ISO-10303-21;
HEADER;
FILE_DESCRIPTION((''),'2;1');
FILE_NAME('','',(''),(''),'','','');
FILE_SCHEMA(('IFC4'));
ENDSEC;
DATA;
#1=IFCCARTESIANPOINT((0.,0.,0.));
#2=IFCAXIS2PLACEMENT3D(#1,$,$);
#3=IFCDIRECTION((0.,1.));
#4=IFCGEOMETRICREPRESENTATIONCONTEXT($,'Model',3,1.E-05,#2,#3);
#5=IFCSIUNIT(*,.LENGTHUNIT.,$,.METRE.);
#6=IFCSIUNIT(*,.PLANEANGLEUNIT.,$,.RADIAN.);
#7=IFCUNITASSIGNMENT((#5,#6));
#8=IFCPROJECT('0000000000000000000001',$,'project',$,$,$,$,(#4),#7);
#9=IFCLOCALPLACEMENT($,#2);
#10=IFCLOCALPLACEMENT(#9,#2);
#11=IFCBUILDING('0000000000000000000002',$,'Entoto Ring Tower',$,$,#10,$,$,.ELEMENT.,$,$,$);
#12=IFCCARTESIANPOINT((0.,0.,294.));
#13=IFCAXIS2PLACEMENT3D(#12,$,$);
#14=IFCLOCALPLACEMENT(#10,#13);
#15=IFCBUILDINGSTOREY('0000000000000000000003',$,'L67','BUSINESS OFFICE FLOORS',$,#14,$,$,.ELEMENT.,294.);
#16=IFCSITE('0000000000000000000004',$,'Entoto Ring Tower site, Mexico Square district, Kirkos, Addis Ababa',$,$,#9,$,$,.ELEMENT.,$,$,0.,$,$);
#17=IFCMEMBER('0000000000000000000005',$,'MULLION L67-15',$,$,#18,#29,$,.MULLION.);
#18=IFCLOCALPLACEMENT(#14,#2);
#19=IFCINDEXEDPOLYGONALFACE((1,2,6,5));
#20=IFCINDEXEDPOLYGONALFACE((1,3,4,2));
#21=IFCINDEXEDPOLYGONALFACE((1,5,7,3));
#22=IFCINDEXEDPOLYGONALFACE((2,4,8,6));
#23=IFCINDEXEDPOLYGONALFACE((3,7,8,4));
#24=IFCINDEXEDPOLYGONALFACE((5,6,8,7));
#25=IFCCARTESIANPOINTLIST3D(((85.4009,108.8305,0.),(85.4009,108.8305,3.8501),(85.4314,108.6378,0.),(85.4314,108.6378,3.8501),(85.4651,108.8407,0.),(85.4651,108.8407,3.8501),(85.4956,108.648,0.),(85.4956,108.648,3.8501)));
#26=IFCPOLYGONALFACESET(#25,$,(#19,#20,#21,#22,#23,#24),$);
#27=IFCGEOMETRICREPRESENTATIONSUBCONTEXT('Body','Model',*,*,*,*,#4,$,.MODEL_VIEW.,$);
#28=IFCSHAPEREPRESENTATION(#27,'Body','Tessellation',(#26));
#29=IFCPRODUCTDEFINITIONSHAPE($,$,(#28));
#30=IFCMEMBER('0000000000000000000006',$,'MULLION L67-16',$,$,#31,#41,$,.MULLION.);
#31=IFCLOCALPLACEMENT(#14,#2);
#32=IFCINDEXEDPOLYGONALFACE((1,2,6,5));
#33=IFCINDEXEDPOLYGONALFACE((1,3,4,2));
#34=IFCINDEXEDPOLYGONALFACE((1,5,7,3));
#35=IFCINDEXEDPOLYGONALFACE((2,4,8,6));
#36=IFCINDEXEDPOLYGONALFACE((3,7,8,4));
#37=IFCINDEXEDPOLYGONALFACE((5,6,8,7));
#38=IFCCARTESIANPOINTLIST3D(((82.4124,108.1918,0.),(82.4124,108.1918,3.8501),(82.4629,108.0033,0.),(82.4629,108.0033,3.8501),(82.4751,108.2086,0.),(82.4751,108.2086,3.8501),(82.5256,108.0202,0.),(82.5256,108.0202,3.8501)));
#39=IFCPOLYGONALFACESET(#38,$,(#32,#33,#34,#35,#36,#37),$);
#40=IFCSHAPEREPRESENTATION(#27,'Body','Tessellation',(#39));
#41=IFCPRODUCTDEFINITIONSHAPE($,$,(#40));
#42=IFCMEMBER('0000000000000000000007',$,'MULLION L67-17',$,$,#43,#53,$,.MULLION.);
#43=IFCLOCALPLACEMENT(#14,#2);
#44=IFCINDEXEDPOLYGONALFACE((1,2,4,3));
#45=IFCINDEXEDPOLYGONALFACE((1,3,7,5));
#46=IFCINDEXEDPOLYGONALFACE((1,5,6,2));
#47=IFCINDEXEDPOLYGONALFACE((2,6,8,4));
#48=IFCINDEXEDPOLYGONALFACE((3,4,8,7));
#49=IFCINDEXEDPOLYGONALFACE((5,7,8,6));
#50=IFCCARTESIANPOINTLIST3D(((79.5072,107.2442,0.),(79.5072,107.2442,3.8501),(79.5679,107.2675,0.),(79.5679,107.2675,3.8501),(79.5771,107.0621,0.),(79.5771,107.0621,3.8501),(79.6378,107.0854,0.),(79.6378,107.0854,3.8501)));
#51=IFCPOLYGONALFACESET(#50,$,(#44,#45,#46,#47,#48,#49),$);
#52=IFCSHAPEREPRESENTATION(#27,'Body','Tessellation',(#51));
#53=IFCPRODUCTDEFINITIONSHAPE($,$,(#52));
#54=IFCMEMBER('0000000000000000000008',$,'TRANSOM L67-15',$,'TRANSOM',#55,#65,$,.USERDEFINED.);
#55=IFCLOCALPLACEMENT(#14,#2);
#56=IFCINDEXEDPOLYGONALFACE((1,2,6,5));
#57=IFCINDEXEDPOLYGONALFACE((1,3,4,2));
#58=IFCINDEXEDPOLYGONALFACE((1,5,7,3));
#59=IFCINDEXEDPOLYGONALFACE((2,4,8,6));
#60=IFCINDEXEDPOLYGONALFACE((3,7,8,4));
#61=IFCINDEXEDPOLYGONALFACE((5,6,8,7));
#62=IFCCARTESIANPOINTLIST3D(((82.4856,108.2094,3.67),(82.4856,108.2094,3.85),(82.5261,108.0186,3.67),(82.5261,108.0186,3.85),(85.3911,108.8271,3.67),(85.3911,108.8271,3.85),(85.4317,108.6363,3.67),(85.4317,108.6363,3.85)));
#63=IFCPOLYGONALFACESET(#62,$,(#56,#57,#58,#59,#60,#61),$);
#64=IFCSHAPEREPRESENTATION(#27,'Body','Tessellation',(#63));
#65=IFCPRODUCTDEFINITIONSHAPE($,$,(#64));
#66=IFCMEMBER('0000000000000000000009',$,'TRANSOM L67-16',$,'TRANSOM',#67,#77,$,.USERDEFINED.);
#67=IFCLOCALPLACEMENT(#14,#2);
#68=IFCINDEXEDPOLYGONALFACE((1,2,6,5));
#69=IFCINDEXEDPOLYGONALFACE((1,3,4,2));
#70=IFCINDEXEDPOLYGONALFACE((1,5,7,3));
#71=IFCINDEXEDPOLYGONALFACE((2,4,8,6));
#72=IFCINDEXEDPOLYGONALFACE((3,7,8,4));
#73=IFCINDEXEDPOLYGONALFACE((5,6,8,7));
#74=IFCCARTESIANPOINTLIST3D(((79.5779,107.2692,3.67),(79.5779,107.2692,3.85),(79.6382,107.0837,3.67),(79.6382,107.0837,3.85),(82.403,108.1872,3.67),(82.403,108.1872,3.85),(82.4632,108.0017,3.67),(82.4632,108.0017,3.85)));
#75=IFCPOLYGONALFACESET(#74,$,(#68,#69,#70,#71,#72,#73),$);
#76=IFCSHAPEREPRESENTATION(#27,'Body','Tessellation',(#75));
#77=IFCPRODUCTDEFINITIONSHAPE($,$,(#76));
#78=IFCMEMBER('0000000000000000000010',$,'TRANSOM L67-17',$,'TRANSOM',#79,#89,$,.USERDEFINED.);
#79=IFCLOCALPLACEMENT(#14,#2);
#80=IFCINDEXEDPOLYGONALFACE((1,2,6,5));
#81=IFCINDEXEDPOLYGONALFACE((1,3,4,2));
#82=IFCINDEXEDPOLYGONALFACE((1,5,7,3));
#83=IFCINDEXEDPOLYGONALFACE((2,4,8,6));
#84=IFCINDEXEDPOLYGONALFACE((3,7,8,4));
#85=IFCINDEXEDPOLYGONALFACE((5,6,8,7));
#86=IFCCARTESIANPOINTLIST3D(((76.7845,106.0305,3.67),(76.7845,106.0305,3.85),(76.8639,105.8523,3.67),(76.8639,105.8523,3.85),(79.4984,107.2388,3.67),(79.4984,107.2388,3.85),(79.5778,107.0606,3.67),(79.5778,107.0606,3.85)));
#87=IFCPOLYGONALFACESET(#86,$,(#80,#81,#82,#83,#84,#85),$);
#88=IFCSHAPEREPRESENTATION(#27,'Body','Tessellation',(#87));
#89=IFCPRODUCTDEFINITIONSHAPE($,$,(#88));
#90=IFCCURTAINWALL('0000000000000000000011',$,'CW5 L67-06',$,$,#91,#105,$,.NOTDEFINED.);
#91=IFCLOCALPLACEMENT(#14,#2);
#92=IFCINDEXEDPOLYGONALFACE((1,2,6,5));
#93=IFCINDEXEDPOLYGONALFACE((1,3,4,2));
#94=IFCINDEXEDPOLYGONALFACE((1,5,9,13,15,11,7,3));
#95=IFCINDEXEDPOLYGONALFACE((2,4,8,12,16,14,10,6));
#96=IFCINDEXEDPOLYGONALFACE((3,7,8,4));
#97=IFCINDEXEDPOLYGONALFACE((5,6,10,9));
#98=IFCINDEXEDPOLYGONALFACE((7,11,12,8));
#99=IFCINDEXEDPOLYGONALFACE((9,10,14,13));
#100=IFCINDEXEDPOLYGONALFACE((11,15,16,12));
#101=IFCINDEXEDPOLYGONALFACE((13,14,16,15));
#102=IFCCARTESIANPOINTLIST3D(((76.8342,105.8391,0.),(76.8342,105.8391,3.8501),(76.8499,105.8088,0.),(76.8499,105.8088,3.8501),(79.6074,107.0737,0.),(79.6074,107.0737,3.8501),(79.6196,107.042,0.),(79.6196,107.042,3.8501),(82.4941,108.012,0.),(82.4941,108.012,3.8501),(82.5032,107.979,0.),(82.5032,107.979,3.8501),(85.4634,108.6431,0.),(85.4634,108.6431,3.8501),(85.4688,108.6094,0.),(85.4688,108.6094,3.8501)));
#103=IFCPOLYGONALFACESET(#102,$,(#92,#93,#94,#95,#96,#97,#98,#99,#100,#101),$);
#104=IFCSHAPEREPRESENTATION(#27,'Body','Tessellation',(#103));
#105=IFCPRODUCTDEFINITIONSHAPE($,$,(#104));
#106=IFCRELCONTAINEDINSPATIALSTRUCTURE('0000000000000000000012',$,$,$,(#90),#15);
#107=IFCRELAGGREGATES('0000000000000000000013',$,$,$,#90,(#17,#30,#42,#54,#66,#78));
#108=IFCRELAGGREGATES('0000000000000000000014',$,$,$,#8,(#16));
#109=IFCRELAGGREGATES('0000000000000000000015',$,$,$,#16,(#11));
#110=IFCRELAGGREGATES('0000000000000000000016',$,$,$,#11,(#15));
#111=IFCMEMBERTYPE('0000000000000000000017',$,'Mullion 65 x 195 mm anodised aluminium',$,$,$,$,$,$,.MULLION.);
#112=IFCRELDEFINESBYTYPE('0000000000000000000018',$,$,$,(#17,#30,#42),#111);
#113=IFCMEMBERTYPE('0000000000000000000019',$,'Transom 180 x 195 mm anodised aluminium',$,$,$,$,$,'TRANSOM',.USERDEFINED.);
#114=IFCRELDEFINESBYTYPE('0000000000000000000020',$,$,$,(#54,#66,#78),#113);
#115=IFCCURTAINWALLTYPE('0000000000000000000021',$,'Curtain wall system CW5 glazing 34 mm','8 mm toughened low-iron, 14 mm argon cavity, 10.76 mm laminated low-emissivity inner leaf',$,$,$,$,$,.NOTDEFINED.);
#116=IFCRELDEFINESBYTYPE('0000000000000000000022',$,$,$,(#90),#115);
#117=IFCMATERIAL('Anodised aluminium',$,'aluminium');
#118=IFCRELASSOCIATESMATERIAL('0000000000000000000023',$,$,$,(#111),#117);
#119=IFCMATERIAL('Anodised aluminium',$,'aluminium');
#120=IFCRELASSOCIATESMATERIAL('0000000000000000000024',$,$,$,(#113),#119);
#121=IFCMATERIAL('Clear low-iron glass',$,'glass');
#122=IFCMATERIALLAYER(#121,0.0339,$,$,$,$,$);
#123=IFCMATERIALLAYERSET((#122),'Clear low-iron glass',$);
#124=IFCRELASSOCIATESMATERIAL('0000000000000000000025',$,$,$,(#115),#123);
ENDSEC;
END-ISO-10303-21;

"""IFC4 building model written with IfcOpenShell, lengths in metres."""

from ifc_helpers import new_model, si_unit, direction, frame, origin, origin_2d, place, context, subcontext, project, spatial, polyline, rectangle, outline, extrude, material, layer, layer_set, material_profile, profile_set, type_object, element, aggregate, save


model = new_model("IFC4")

# Units and contexts
model_context = context("Model", 3, precision=1e-05, world=origin(), true_north=direction((0.0, 1.0)))
body_context = subcontext(model_context, "Body", "Model", "MODEL_VIEW")
ifc_project = project(units=[si_unit("LENGTHUNIT", "METRE"), si_unit("PLANEANGLEUNIT", "RADIAN")], contexts=[model_context])

# Members
ifc_material_1 = material(Name="Anodised aluminium", Category="aluminium")
ifc_material_profile_1 = material_profile(ifc_material_1, rectangle(XDim=0.0649, YDim=0.1951, at=origin_2d()), Name="Mullion 65 x 195 mm anodised aluminium")
ifc_profile_set_1 = profile_set([ifc_material_profile_1], Name="Anodised aluminium")
member_type_1 = type_object("IfcMemberType", Name="Mullion 65 x 195 mm anodised aluminium", PredefinedType="MULLION", material=ifc_profile_set_1)
site_placement = place(None, origin())
building_placement = place(site_placement, origin())
storey_placement = place(building_placement, frame((0.0, 0.0, 294.0)))
member_1_placement = place(storey_placement, frame((85.4482, 108.7393, 0.0), z_axis=(0.0, 0.0, 1.0), x_axis=(-0.987688, -0.156434, 0.0)))
member_1 = element("IfcMember", 1, at=member_1_placement, type_object=member_type_1, Name="MULLION L67-15", PredefinedType="MULLION", context=body_context, shape_type="SweptSolid", body=[
    extrude(rectangle(XDim=0.0649, YDim=0.1951, at=origin_2d()), origin(), (0.0, 0.0, 1.0), 3.8501),
])
member_2_placement = place(storey_placement, frame((82.469, 108.106, 0.0), z_axis=(0.0, 0.0, 1.0), x_axis=(-0.965926, -0.258819, 0.0)))
member_2 = element("IfcMember", 2, at=member_2_placement, type_object=member_type_1, Name="MULLION L67-16", PredefinedType="MULLION", context=body_context, shape_type="SweptSolid", body=[
    extrude(rectangle(XDim=0.0649, YDim=0.1951, at=origin_2d()), origin(), (0.0, 0.0, 1.0), 3.8501),
])
member_3_placement = place(storey_placement, frame((79.5725, 107.1648, 0.0), z_axis=(0.0, 0.0, 1.0), x_axis=(-0.93358, -0.358368, 0.0)))
member_3 = element("IfcMember", 3, at=member_3_placement, type_object=member_type_1, Name="MULLION L67-17", PredefinedType="MULLION", context=body_context, shape_type="SweptSolid", body=[
    extrude(rectangle(XDim=0.0649, YDim=0.1951, at=origin_2d()), origin(), (0.0, 0.0, 1.0), 3.8501),
])
ifc_material_2 = material(Name="Anodised aluminium", Category="aluminium")
ifc_material_profile_2 = material_profile(ifc_material_2, rectangle(XDim=0.1951, YDim=0.1799, at=origin_2d()), Name="Transom 180 x 195 mm anodised aluminium")
ifc_profile_set_2 = profile_set([ifc_material_profile_2], Name="Anodised aluminium")
member_type_2 = type_object("IfcMemberType", Name="Transom 180 x 195 mm anodised aluminium", ElementType="TRANSOM", PredefinedType="USERDEFINED", material=ifc_profile_set_2)
member_4_placement = place(storey_placement, frame((85.4114, 108.7317, 3.76), z_axis=(-0.978142, -0.20794, 0.0), x_axis=(0.20794, -0.978142, 0.0)))
member_4 = element("IfcMember", 4, at=member_4_placement, type_object=member_type_2, Name="TRANSOM L67-15", ObjectType="TRANSOM", PredefinedType="USERDEFINED", context=body_context, shape_type="SweptSolid", body=[
    extrude(rectangle(XDim=0.1951, YDim=0.1799, at=origin_2d()), origin(), (0.0, 0.0, 1.0), 2.9705),
])
member_5_placement = place(storey_placement, frame((82.4331, 108.0945, 3.76), z_axis=(-0.951048, -0.309043, 0.0), x_axis=(0.309043, -0.951048, 0.0)))
member_5 = element("IfcMember", 5, at=member_5_placement, type_object=member_type_2, Name="TRANSOM L67-16", ObjectType="TRANSOM", PredefinedType="USERDEFINED", context=body_context, shape_type="SweptSolid", body=[
    extrude(rectangle(XDim=0.1951, YDim=0.1799, at=origin_2d()), origin(), (0.0, 0.0, 1.0), 2.9705),
])
member_6_placement = place(storey_placement, frame((79.5381, 107.1497, 3.76), z_axis=(-0.91355, -0.406726, 0.0), x_axis=(0.406726, -0.91355, 0.0)))
member_6 = element("IfcMember", 6, at=member_6_placement, type_object=member_type_2, Name="TRANSOM L67-17", ObjectType="TRANSOM", PredefinedType="USERDEFINED", context=body_context, shape_type="SweptSolid", body=[
    extrude(rectangle(XDim=0.1951, YDim=0.1799, at=origin_2d()), origin(), (0.0, 0.0, 1.0), 2.9707),
])

# Site, building, storey
site = spatial("IfcSite", under=ifc_project, at=site_placement, Name="Entoto Ring Tower site, Mexico Square district, Kirkos, Addis Ababa", CompositionType="ELEMENT", RefElevation=0.0)
building = spatial("IfcBuilding", under=site, at=building_placement, Name="Entoto Ring Tower", CompositionType="ELEMENT")
storey = spatial("IfcBuildingStorey", under=building, at=storey_placement, Name="L67", Description="BUSINESS OFFICE FLOORS", CompositionType="ELEMENT", Elevation=294.0)

# Curtain wall
ifc_material_3 = material(Name="Clear low-iron glass", Category="glass")
ifc_layer = layer(ifc_material_3, 0.0339)
ifc_layer_set = layer_set([ifc_layer], Name="Clear low-iron glass")
curtain_wall_type = type_object("IfcCurtainWallType", Name="Curtain wall system CW5 glazing 34 mm", Description="8 mm toughened low-iron, 14 mm argon cavity, 10.76 mm laminated low-emissivity inner leaf", PredefinedType="NOTDEFINED", material=ifc_layer_set)
curtain_wall_1_placement = place(storey_placement, origin())
curtain_wall_1 = element("IfcCurtainWall", 7, at=curtain_wall_1_placement, inside=storey, type_object=curtain_wall_type, Name="CW5 L67-06", PredefinedType="NOTDEFINED", context=body_context, shape_type="SweptSolid", body=[
    extrude(outline(polyline([(85.4634, 108.6431), (82.4941, 108.012), (79.6074, 107.0737), (76.8342, 105.8391), (76.8499, 105.8088), (79.6196, 107.042), (82.5032, 107.979), (85.4688, 108.6094), (85.4634, 108.6431)])), origin(), (0.0, 0.0, 1.0), 3.8501),
])
aggregate(curtain_wall_1, [member_1, member_2, member_3, member_4, member_5, member_6])

save(model, "model.ifc")
